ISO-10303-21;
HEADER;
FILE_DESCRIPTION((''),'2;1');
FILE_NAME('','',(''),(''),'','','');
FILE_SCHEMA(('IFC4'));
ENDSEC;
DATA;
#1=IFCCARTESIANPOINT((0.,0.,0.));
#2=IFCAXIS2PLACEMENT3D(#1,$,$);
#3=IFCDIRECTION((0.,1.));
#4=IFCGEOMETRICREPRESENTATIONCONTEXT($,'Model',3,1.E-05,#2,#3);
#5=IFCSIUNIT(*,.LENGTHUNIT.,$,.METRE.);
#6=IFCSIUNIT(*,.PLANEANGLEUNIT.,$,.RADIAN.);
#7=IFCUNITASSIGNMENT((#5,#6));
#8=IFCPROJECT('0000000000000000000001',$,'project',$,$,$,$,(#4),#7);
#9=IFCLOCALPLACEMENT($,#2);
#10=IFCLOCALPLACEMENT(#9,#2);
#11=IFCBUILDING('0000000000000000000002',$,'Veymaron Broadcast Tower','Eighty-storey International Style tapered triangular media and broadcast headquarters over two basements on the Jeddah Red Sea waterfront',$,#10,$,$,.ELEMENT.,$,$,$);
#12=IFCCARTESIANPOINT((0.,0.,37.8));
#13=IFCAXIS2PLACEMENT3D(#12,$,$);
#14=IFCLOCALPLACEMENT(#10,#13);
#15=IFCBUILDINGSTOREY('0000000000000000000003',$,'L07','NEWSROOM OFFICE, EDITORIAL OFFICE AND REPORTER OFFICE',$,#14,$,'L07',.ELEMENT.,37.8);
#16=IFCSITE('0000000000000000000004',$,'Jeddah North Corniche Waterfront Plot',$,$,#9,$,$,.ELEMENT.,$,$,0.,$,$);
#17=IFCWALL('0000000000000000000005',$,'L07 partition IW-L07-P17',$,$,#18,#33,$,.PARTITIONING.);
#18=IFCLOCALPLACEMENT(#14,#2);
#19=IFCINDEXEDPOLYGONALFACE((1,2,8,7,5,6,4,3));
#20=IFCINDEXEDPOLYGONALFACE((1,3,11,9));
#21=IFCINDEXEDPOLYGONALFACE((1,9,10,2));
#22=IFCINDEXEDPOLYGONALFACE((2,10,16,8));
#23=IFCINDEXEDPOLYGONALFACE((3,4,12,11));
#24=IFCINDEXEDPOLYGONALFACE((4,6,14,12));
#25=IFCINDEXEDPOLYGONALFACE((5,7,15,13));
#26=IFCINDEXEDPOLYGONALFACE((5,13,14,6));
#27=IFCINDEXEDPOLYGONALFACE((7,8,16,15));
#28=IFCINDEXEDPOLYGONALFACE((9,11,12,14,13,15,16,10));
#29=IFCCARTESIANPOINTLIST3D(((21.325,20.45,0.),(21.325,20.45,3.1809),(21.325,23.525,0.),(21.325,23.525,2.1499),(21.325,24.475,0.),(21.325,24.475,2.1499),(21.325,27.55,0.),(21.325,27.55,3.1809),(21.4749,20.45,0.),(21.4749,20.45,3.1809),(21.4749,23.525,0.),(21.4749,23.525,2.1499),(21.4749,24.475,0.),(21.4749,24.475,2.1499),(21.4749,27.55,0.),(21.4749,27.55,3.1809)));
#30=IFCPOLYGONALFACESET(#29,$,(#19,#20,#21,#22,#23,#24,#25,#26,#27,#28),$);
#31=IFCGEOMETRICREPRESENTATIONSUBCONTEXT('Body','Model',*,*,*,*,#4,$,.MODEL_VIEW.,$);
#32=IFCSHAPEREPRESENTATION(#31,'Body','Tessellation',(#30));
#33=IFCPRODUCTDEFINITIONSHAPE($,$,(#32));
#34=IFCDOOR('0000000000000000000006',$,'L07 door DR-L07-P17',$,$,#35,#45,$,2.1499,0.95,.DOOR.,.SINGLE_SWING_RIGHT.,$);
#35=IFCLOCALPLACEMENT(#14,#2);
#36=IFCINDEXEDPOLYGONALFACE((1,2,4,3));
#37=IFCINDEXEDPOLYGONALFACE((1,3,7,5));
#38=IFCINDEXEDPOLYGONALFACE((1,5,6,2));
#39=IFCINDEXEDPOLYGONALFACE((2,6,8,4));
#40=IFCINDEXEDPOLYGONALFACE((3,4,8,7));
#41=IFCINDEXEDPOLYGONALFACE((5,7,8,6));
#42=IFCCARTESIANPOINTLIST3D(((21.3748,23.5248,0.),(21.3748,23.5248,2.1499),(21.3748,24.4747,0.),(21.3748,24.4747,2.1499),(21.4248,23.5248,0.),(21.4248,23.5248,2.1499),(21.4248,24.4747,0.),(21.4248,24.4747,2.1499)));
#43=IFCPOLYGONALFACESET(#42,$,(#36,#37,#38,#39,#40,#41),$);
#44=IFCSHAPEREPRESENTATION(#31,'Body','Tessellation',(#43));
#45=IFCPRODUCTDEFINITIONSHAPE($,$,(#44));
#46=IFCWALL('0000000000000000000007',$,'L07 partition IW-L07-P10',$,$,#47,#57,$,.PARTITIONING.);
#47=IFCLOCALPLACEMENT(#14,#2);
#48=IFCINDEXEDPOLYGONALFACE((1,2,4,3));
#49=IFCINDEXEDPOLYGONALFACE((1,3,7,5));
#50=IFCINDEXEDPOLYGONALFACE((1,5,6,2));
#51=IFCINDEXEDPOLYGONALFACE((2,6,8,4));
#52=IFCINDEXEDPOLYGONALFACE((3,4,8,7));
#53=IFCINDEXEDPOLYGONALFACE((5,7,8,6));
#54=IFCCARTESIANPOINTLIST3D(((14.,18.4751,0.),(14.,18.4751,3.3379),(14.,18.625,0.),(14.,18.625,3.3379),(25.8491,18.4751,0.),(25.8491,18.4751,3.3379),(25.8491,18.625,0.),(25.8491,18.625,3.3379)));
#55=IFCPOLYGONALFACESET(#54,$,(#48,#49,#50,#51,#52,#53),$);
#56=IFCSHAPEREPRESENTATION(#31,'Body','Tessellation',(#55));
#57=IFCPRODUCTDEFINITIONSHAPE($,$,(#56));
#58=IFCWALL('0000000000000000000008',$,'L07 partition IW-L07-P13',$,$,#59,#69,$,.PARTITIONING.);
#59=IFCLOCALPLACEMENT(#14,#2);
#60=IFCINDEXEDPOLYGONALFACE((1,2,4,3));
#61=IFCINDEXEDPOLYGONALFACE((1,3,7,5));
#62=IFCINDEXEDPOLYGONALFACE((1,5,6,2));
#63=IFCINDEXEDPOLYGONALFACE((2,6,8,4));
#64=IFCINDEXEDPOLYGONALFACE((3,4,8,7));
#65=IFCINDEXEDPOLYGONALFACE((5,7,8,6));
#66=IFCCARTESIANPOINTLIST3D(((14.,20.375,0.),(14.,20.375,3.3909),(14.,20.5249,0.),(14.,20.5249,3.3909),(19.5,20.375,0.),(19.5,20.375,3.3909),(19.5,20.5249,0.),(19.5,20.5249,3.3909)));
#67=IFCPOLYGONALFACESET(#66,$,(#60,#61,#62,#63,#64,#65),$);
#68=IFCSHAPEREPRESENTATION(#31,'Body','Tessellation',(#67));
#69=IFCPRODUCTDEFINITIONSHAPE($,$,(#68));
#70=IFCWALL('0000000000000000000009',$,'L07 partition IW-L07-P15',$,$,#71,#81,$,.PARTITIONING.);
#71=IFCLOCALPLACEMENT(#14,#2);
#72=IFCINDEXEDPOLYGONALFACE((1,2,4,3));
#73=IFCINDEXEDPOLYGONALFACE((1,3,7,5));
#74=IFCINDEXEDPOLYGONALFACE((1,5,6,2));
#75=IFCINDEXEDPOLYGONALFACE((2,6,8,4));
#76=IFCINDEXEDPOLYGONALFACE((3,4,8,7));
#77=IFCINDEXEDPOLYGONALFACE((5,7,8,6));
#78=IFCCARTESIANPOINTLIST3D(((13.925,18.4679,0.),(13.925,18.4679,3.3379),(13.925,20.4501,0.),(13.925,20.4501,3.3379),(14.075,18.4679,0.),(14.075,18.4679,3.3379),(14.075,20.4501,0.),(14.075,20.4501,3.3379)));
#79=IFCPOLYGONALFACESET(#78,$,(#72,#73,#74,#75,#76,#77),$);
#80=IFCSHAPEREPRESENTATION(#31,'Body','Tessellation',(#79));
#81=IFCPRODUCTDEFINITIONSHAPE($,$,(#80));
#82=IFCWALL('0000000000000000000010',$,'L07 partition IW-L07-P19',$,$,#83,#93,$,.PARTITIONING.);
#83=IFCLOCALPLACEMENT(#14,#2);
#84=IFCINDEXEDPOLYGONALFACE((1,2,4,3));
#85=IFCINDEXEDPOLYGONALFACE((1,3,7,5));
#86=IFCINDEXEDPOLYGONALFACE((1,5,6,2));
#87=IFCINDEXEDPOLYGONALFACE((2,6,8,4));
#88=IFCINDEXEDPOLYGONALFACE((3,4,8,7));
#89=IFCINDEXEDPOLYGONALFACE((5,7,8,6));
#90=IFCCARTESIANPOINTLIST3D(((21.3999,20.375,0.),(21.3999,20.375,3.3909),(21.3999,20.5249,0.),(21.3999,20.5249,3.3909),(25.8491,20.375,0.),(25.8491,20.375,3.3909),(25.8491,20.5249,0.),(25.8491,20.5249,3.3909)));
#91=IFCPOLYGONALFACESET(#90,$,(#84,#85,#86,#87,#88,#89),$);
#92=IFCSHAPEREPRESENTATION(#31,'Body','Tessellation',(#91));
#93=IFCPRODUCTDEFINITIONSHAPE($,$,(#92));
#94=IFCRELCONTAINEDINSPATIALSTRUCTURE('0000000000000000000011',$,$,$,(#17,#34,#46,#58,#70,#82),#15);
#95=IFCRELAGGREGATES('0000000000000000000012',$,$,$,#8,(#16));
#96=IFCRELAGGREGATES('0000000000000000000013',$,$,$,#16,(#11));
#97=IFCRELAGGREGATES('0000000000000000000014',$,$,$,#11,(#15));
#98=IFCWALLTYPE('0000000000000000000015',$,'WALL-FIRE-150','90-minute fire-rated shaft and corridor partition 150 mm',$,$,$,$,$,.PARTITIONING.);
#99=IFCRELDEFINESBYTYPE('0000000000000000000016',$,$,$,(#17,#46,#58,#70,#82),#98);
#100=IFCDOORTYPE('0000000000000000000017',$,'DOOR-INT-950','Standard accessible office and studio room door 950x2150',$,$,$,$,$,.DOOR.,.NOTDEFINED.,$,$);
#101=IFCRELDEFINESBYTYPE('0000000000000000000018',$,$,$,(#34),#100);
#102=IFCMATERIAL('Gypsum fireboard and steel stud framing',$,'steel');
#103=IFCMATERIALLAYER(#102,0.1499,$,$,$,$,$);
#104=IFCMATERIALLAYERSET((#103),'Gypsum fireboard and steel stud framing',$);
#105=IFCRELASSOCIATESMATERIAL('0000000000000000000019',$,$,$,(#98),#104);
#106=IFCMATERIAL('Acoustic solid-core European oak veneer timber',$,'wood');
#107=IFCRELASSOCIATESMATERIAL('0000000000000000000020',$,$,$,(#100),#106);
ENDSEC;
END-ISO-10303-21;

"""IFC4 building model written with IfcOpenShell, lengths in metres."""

from ifc_helpers import new_model, si_unit, direction, frame, frame_2d, origin, place, context, subcontext, project, spatial, rectangle, extrude, material, layer, layer_set, type_object, element, fill, save


model = new_model("IFC4")

# Units and contexts
model_context = context("Model", 3, precision=1e-05, world=origin(), true_north=direction((0.0, 1.0)))
body_context = subcontext(model_context, "Body", "Model", "MODEL_VIEW")
ifc_project = project(units=[si_unit("LENGTHUNIT", "METRE"), si_unit("PLANEANGLEUNIT", "RADIAN")], contexts=[model_context])

# Site, building, storey
site_placement = place(None, origin())
site = spatial("IfcSite", under=ifc_project, at=site_placement, Name="Jeddah North Corniche Waterfront Plot", CompositionType="ELEMENT", RefElevation=0.0)
building_placement = place(site_placement, origin())
building = spatial("IfcBuilding", under=site, at=building_placement, Name="Veymaron Broadcast Tower", Description="Eighty-storey International Style tapered triangular media and broadcast headquarters over two basements on the Jeddah Red Sea waterfront", CompositionType="ELEMENT")
storey_placement = place(building_placement, frame((0.0, 0.0, 37.8)))
storey = spatial("IfcBuildingStorey", under=building, at=storey_placement, Name="L07", Description="NEWSROOM OFFICE, EDITORIAL OFFICE AND REPORTER OFFICE", LongName="L07", CompositionType="ELEMENT", Elevation=37.8)

# Wall, opening, door
ifc_material_1 = material(Name="Gypsum fireboard and steel stud framing", Category="steel")
ifc_layer_1 = layer(ifc_material_1, 0.1499)
ifc_layer_set_1 = layer_set([ifc_layer_1], Name="Gypsum fireboard and steel stud framing")
wall_type_1 = type_object("IfcWallType", Name="WALL-FIRE-150", Description="90-minute fire-rated shaft and corridor partition 150 mm", PredefinedType="PARTITIONING", material=ifc_layer_set_1)
ifc_material_2 = material(Name="Acoustic solid-core European oak veneer timber", Category="wood")
door_type = type_object("IfcDoorType", Name="DOOR-INT-950", Description="Standard accessible office and studio room door 950x2150", OperationType="NOTDEFINED", PredefinedType="DOOR", material=ifc_material_2)
wall_1_placement = place(storey_placement, frame((21.3999, 20.45, 0.0), z_axis=(0.0, 0.0, 1.0), x_axis=(0.0, 1.0, 0.0)))
wall_1 = element("IfcWall", 1, at=wall_1_placement, inside=storey, type_object=wall_type_1, Name="L07 partition IW-L07-P17", PredefinedType="PARTITIONING", context=body_context, shape_type="SweptSolid", body=[
    extrude(rectangle(XDim=7.1001, YDim=0.1499, at=frame_2d((3.55, 0.0))), origin(), (0.0, 0.0, 1.0), 3.1809),
])
opening_1_placement = place(wall_1_placement, frame((3.075, 0.0, 0.0)))
opening_1 = element("IfcOpeningElement", 2, at=opening_1_placement, cuts=wall_1, PredefinedType="OPENING", context=body_context, shape_type="SweptSolid", body=[
    extrude(rectangle(XDim=0.95, YDim=2.1499, at=frame_2d((0.4751, 1.075))), frame((0.0, 0.085, 0.0), z_axis=(0.0, -1.0, 0.0), x_axis=(1.0, 0.0, 0.0)), (0.0, 0.0, 1.0), 0.1699),
])
door_1_placement = place(opening_1_placement, frame((0.95, 0.0, 0.0), z_axis=(0.0, 0.0, 1.0), x_axis=(-1.0, 0.0, 0.0)))
door_1 = element("IfcDoor", 3, at=door_1_placement, inside=storey, type_object=door_type, Name="L07 door DR-L07-P17", OperationType="SINGLE_SWING_RIGHT", OverallHeight=2.1499, OverallWidth=0.95, PredefinedType="DOOR", context=body_context, shape_type="SweptSolid", body=[
    extrude(rectangle(XDim=0.95, YDim=2.1499, at=frame_2d((0.4751, 1.075))), frame((0.0, 0.0249, 0.0), z_axis=(0.0, -1.0, 0.0), x_axis=(1.0, 0.0, 0.0)), (0.0, 0.0, 1.0), 0.05),
])
fill(opening_1, door_1)

# Walls
wall_2_placement = place(storey_placement, frame((14.0, 18.55, 0.0), z_axis=(0.0, 0.0, 1.0), x_axis=(1.0, 0.0, 0.0)))
element("IfcWall", 4, at=wall_2_placement, inside=storey, type_object=wall_type_1, Name="L07 partition IW-L07-P10", PredefinedType="PARTITIONING", context=body_context, shape_type="SweptSolid", body=[
    extrude(rectangle(XDim=11.8491, YDim=0.1499, at=frame_2d((5.9246, 0.0))), origin(), (0.0, 0.0, 1.0), 3.3379),
])
wall_3_placement = place(storey_placement, frame((14.0, 20.45, 0.0), z_axis=(0.0, 0.0, 1.0), x_axis=(1.0, 0.0, 0.0)))
element("IfcWall", 5, at=wall_3_placement, inside=storey, type_object=wall_type_1, Name="L07 partition IW-L07-P13", PredefinedType="PARTITIONING", context=body_context, shape_type="SweptSolid", body=[
    extrude(rectangle(XDim=5.5, YDim=0.1499, at=frame_2d((2.75, 0.0))), origin(), (0.0, 0.0, 1.0), 3.3909),
])
wall_4_placement = place(storey_placement, frame((14.0, 18.4678, 0.0), z_axis=(0.0, 0.0, 1.0), x_axis=(0.0, 1.0, 0.0)))
element("IfcWall", 6, at=wall_4_placement, inside=storey, type_object=wall_type_1, Name="L07 partition IW-L07-P15", PredefinedType="PARTITIONING", context=body_context, shape_type="SweptSolid", body=[
    extrude(rectangle(XDim=1.9822, YDim=0.1499, at=frame_2d((0.9912, 0.0))), origin(), (0.0, 0.0, 1.0), 3.3379),
])
wall_5_placement = place(storey_placement, frame((21.3999, 20.45, 0.0), z_axis=(0.0, 0.0, 1.0), x_axis=(1.0, 0.0, 0.0)))
element("IfcWall", 7, at=wall_5_placement, inside=storey, type_object=wall_type_1, Name="L07 partition IW-L07-P19", PredefinedType="PARTITIONING", context=body_context, shape_type="SweptSolid", body=[
    extrude(rectangle(XDim=4.4492, YDim=0.1499, at=frame_2d((2.2246, 0.0))), origin(), (0.0, 0.0, 1.0), 3.3909),
])

save(model, "model.ifc")
